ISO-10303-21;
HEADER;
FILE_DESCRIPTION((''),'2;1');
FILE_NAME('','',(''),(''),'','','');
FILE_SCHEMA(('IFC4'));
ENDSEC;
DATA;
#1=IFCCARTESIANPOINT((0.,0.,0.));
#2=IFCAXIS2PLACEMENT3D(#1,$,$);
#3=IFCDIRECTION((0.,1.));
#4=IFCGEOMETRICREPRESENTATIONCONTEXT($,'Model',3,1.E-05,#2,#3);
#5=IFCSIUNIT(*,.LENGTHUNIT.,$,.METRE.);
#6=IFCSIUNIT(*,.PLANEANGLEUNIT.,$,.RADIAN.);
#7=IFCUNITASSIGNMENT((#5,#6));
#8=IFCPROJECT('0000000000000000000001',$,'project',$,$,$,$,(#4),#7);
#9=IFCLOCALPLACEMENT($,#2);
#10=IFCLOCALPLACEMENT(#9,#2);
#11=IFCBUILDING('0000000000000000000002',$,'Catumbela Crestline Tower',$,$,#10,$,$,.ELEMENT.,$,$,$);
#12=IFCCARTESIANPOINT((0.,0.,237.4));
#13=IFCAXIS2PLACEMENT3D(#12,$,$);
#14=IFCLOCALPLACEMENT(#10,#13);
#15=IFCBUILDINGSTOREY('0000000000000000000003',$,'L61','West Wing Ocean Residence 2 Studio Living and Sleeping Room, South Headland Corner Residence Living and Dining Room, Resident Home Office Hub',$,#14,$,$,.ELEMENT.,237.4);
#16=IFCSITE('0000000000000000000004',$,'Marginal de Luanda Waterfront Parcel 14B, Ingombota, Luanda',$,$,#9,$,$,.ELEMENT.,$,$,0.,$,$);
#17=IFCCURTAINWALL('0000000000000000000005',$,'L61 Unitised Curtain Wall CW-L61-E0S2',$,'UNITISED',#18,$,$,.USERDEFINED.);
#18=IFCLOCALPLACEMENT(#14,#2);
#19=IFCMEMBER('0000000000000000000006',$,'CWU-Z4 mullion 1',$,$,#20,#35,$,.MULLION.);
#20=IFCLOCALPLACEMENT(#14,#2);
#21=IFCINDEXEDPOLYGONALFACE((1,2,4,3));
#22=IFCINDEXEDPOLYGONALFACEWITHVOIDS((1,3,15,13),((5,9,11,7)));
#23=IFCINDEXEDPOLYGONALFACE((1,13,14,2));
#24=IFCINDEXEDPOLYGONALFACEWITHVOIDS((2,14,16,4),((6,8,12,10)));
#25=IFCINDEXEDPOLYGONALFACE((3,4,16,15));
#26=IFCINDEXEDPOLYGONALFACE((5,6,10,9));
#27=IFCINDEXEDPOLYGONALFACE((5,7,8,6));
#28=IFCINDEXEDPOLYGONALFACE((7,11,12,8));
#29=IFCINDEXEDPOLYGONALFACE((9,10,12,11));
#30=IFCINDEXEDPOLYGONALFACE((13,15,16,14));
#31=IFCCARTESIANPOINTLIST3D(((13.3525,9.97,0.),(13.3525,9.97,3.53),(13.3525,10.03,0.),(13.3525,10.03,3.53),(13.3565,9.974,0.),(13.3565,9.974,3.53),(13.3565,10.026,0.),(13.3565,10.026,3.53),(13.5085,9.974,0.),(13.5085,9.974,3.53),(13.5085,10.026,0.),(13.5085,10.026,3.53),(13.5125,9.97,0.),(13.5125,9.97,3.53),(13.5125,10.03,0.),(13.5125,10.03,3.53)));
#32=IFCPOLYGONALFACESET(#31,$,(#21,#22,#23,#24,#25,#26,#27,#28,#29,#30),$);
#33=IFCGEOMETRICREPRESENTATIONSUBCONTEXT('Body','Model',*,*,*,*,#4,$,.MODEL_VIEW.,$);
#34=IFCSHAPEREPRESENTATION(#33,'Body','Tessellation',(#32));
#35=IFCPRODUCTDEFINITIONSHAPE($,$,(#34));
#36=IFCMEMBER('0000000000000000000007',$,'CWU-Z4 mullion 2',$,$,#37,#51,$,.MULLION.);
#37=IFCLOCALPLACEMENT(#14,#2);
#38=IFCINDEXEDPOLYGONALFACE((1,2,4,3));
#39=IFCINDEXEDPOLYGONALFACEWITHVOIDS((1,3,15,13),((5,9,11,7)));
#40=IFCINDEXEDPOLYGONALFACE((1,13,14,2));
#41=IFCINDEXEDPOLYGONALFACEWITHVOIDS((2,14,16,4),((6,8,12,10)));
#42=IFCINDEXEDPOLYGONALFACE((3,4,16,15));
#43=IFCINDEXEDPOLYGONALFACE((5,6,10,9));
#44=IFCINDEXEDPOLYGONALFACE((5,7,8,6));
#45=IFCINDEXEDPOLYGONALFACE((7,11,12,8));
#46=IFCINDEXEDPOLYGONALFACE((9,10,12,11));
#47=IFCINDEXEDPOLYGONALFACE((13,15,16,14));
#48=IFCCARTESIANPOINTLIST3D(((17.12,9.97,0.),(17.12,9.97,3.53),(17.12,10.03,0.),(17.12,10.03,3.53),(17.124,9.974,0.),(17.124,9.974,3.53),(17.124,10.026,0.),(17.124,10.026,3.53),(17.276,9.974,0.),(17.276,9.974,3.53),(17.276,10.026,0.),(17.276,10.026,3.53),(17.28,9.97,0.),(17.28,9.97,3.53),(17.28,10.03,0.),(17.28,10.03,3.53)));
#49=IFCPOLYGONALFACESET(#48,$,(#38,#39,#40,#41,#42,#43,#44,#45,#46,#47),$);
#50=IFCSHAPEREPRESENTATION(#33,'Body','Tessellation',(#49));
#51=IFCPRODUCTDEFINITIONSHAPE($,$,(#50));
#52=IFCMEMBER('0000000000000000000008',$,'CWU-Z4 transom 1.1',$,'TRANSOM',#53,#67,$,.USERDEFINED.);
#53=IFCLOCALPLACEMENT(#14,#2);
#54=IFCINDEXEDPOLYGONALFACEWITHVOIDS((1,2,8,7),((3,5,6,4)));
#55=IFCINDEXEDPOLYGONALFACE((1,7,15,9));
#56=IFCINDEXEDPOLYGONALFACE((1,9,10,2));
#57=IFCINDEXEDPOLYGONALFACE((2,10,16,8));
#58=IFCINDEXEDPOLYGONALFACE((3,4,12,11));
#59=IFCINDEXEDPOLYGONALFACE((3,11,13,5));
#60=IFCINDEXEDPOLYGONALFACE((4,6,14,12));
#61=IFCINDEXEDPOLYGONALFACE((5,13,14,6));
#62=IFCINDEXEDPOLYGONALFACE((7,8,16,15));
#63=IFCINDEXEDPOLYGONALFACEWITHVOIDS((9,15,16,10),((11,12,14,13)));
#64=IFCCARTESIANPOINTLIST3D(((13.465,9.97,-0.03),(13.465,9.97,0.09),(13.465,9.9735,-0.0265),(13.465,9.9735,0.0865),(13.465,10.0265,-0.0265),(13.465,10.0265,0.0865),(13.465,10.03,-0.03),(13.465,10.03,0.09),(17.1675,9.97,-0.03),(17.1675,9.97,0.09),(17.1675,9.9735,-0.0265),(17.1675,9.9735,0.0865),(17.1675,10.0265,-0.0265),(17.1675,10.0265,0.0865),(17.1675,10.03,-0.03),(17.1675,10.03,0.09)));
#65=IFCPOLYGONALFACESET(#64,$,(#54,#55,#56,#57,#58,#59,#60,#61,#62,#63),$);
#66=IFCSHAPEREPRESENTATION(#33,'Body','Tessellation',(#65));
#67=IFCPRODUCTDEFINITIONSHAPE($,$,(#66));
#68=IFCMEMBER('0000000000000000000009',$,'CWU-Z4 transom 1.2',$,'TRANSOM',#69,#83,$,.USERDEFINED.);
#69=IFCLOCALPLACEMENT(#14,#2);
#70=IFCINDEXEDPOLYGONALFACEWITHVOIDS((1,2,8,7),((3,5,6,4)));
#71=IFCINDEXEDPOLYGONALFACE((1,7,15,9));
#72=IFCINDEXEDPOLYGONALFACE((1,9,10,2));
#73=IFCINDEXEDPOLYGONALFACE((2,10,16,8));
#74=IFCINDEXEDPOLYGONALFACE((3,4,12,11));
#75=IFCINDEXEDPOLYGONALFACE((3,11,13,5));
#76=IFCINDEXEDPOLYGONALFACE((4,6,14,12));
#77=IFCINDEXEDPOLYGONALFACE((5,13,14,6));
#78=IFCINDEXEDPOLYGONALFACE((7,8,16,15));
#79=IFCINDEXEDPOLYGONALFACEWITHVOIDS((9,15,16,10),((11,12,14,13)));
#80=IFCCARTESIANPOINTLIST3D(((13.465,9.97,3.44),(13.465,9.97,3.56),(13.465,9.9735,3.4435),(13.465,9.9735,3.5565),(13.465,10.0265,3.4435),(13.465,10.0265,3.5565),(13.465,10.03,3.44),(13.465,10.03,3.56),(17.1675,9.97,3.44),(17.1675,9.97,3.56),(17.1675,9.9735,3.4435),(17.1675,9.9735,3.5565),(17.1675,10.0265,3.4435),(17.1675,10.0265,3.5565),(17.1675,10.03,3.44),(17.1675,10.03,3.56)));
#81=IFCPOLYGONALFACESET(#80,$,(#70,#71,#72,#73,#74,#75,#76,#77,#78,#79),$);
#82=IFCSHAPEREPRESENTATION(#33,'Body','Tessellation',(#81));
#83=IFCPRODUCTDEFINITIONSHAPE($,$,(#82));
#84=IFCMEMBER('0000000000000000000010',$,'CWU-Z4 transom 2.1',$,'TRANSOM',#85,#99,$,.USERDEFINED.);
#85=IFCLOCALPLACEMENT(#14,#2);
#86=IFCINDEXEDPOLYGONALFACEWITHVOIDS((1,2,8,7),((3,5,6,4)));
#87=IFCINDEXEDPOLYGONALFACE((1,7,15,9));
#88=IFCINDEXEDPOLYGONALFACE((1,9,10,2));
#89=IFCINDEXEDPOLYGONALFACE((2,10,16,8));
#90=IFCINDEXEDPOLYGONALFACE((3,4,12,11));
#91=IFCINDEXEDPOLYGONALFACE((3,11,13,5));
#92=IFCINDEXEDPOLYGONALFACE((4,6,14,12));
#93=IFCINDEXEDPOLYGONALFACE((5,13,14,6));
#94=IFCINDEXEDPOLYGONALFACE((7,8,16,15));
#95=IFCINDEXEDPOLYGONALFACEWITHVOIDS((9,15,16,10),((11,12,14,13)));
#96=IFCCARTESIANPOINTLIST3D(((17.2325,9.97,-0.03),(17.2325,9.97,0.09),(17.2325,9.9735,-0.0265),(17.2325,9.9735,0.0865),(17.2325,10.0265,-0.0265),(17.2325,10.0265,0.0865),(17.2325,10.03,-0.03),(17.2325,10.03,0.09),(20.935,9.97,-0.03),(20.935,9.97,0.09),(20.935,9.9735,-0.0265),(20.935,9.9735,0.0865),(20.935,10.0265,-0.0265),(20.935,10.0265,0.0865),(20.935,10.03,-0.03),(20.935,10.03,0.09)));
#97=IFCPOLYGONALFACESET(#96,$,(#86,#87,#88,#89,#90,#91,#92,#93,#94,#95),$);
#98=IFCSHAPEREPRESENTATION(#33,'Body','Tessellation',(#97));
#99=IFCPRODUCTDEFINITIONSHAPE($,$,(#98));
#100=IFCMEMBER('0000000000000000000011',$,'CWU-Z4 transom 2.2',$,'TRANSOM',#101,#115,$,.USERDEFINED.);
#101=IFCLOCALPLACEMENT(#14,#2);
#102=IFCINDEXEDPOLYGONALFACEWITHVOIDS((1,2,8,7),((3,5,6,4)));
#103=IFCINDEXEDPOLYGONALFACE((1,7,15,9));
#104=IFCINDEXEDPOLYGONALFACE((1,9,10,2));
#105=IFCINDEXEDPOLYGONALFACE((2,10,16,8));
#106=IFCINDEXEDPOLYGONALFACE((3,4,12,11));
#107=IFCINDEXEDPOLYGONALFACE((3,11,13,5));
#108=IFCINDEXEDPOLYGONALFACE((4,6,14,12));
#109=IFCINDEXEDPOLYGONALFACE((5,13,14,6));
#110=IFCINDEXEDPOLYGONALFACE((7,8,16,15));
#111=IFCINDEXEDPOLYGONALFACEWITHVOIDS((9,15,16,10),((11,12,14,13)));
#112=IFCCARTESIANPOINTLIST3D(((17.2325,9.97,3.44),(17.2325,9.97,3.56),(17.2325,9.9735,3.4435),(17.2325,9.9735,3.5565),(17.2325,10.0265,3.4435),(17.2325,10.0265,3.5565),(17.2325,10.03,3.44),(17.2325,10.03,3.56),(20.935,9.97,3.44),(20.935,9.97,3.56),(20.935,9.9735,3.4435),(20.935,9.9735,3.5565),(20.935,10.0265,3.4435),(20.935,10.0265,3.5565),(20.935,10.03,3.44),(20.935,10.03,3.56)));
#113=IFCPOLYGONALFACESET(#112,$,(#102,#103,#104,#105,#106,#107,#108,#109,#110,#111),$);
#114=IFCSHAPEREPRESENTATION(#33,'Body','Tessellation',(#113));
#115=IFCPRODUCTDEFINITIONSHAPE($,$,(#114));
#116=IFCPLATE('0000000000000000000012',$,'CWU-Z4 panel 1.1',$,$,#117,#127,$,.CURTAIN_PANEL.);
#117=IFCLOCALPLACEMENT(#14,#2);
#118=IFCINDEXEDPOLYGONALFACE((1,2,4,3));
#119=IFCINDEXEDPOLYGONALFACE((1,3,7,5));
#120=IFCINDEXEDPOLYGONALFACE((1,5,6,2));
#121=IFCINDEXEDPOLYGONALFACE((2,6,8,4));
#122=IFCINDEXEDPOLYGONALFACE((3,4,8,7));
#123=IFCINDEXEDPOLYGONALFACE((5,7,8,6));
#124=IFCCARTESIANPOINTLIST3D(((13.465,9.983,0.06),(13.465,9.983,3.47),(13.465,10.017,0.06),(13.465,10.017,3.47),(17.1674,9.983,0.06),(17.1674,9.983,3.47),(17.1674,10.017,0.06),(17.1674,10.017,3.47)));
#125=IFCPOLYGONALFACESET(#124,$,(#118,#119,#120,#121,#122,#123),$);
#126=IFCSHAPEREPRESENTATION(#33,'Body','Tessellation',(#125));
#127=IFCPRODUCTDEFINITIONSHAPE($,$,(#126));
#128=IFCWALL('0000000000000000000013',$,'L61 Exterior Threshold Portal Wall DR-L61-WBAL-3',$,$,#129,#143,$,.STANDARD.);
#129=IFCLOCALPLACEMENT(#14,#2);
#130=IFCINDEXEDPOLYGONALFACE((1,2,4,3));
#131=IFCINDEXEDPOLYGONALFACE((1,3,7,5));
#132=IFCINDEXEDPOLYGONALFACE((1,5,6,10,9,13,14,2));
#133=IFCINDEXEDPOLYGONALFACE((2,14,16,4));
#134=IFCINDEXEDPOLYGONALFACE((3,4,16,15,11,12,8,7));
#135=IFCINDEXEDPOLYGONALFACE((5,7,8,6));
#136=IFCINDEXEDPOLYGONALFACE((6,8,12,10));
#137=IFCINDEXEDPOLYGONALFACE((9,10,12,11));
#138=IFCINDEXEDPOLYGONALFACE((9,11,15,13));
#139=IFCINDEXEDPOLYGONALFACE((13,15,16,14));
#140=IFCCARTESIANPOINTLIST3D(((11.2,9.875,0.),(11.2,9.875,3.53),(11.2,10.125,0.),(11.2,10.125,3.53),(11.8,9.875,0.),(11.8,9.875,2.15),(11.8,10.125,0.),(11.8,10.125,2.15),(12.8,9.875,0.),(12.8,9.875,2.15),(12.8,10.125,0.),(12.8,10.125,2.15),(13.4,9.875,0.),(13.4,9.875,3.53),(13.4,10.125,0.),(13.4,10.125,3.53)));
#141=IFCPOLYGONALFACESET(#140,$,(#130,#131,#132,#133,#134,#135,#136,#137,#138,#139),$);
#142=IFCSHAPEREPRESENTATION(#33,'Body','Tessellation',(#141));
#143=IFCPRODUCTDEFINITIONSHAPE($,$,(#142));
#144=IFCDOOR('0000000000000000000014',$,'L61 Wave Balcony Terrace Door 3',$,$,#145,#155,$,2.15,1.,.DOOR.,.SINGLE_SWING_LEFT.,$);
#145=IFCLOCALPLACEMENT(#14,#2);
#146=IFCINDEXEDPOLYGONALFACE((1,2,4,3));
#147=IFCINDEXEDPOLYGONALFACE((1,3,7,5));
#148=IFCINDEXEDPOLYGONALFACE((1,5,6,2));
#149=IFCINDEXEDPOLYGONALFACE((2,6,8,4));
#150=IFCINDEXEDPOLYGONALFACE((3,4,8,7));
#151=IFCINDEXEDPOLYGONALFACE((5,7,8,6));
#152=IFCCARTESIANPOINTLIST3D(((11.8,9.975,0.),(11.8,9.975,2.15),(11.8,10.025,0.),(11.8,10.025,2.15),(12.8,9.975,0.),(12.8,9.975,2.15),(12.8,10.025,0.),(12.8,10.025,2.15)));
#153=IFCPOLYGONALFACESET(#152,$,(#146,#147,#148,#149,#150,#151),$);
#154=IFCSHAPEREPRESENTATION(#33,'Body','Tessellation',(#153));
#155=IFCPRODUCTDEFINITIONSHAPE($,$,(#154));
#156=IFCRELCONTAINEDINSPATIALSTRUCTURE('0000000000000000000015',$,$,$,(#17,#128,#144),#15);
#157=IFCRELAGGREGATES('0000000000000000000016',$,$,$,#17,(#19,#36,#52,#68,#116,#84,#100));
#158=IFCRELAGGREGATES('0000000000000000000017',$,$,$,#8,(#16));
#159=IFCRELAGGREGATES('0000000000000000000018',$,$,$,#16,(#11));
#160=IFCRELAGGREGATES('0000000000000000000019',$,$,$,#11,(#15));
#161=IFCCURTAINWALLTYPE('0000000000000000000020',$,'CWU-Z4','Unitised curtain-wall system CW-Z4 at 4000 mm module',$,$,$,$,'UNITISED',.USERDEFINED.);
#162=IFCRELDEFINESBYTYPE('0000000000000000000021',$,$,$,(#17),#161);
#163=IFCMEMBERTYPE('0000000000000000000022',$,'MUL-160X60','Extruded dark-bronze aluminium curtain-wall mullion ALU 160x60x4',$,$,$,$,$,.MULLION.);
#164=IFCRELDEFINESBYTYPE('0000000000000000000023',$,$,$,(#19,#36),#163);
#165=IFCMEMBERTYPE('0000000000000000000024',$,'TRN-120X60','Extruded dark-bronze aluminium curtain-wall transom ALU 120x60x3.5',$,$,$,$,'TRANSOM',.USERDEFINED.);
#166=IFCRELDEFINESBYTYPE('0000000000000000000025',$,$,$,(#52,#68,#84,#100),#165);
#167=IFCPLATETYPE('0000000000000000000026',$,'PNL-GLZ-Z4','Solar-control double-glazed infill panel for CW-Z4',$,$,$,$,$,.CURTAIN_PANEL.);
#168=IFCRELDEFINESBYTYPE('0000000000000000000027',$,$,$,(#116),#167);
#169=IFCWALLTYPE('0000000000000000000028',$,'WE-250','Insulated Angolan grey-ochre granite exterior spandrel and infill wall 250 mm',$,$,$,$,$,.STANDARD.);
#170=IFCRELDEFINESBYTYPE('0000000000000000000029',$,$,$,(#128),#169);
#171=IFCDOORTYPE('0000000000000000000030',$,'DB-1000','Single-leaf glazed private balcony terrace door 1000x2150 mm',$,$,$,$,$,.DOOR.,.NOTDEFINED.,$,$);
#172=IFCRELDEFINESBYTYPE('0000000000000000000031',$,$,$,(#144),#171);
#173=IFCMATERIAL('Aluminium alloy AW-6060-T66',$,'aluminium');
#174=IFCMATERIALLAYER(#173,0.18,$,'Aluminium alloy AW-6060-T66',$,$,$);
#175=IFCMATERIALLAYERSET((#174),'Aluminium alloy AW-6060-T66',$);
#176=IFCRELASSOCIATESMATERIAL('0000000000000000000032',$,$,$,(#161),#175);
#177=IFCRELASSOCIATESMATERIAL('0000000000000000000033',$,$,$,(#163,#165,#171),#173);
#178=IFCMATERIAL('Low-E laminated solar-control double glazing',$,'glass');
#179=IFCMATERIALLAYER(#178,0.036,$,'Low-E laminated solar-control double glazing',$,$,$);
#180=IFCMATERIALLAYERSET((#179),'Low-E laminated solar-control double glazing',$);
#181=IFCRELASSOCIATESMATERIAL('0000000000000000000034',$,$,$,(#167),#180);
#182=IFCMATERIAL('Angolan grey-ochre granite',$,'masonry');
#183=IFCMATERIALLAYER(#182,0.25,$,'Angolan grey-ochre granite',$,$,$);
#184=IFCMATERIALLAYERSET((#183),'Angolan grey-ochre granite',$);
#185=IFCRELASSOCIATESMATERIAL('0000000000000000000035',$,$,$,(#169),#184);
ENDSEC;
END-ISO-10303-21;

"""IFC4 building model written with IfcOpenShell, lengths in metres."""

from ifc_helpers import new_model, si_unit, direction, frame, frame_2d, origin, origin_2d, place, context, subcontext, project, spatial, rectangle, hollow_rectangle, extrude, material, layer, layer_set, material_profile, profile_set, type_object, element, fill, aggregate, save


model = new_model("IFC4")

# Units and contexts
model_context = context("Model", 3, precision=1e-05, world=origin(), true_north=direction((0.0, 1.0)))
body_context = subcontext(model_context, "Body", "Model", "MODEL_VIEW")
ifc_project = project(units=[si_unit("LENGTHUNIT", "METRE"), si_unit("PLANEANGLEUNIT", "RADIAN")], contexts=[model_context])

# Site, building, storey
site_placement = place(None, origin())
site = spatial("IfcSite", under=ifc_project, at=site_placement, Name="Marginal de Luanda Waterfront Parcel 14B, Ingombota, Luanda", CompositionType="ELEMENT", RefElevation=0.0)
building_placement = place(site_placement, origin())
building = spatial("IfcBuilding", under=site, at=building_placement, Name="Catumbela Crestline Tower", CompositionType="ELEMENT")
storey_placement = place(building_placement, frame((0.0, 0.0, 237.4)))
storey = spatial("IfcBuildingStorey", under=building, at=storey_placement, Name="L61", Description="West Wing Ocean Residence 2 Studio Living and Sleeping Room, South Headland Corner Residence Living and Dining Room, Resident Home Office Hub", CompositionType="ELEMENT", Elevation=237.4)

# Curtain wall, members, plate
ifc_material_1 = material(Name="Aluminium alloy AW-6060-T66", Category="aluminium")
ifc_layer_1 = layer(ifc_material_1, 0.18, Name="Aluminium alloy AW-6060-T66")
ifc_layer_set_1 = layer_set([ifc_layer_1], Name="Aluminium alloy AW-6060-T66")
curtain_wall_type = type_object("IfcCurtainWallType", Name="CWU-Z4", Description="Unitised curtain-wall system CW-Z4 at 4000 mm module", ElementType="UNITISED", PredefinedType="USERDEFINED", material=ifc_layer_set_1)
curtain_wall_placement = place(storey_placement, origin())
curtain_wall = element("IfcCurtainWall", 1, at=curtain_wall_placement, inside=storey, type_object=curtain_wall_type, Name="L61 Unitised Curtain Wall CW-L61-E0S2", ObjectType="UNITISED", PredefinedType="USERDEFINED")
ifc_material_profile_1 = material_profile(ifc_material_1, hollow_rectangle(XDim=0.06, YDim=0.16, WallThickness=0.004, at=origin_2d()), Name="ALU 160x60x4")
ifc_profile_set_1 = profile_set([ifc_material_profile_1], Name="Aluminium alloy AW-6060-T66")
member_type_1 = type_object("IfcMemberType", Name="MUL-160X60", Description="Extruded dark-bronze aluminium curtain-wall mullion ALU 160x60x4", PredefinedType="MULLION", material=ifc_profile_set_1)
member_1_placement = place(storey_placement, frame((13.4325, 10.0, 0.0), z_axis=(0.0, 0.0, 1.0), x_axis=(0.0, 1.0, 0.0)))
member_1 = element("IfcMember", 2, at=member_1_placement, type_object=member_type_1, Name="CWU-Z4 mullion 1", PredefinedType="MULLION", context=body_context, shape_type="SweptSolid", body=[
    extrude(hollow_rectangle(XDim=0.06, YDim=0.16, WallThickness=0.004, at=origin_2d()), origin(), (0.0, 0.0, 1.0), 3.53),
])
member_2_placement = place(storey_placement, frame((17.2, 10.0, 0.0), z_axis=(0.0, 0.0, 1.0), x_axis=(0.0, 1.0, 0.0)))
member_2 = element("IfcMember", 3, at=member_2_placement, type_object=member_type_1, Name="CWU-Z4 mullion 2", PredefinedType="MULLION", context=body_context, shape_type="SweptSolid", body=[
    extrude(hollow_rectangle(XDim=0.06, YDim=0.16, WallThickness=0.004, at=origin_2d()), origin(), (0.0, 0.0, 1.0), 3.53),
])
ifc_material_profile_2 = material_profile(ifc_material_1, hollow_rectangle(XDim=0.06, YDim=0.12, WallThickness=0.0035, at=origin_2d()), Name="ALU 120x60x3.5")
ifc_profile_set_2 = profile_set([ifc_material_profile_2], Name="Aluminium alloy AW-6060-T66")
member_type_2 = type_object("IfcMemberType", Name="TRN-120X60", Description="Extruded dark-bronze aluminium curtain-wall transom ALU 120x60x3.5", ElementType="TRANSOM", PredefinedType="USERDEFINED", material=ifc_profile_set_2)
member_3_placement = place(storey_placement, frame((13.465, 10.0, 0.03), z_axis=(1.0, 0.0, 0.0), x_axis=(0.0, 1.0, 0.0)))
member_3 = element("IfcMember", 4, at=member_3_placement, type_object=member_type_2, Name="CWU-Z4 transom 1.1", ObjectType="TRANSOM", PredefinedType="USERDEFINED", context=body_context, shape_type="SweptSolid", body=[
    extrude(hollow_rectangle(XDim=0.06, YDim=0.12, WallThickness=0.0035, at=origin_2d()), origin(), (0.0, 0.0, 1.0), 3.7025),
])
member_4_placement = place(storey_placement, frame((13.465, 10.0, 3.5), z_axis=(1.0, 0.0, 0.0), x_axis=(0.0, 1.0, 0.0)))
member_4 = element("IfcMember", 5, at=member_4_placement, type_object=member_type_2, Name="CWU-Z4 transom 1.2", ObjectType="TRANSOM", PredefinedType="USERDEFINED", context=body_context, shape_type="SweptSolid", body=[
    extrude(hollow_rectangle(XDim=0.06, YDim=0.12, WallThickness=0.0035, at=origin_2d()), origin(), (0.0, 0.0, 1.0), 3.7025),
])
member_5_placement = place(storey_placement, frame((17.2325, 10.0, 0.03), z_axis=(1.0, 0.0, 0.0), x_axis=(0.0, 1.0, 0.0)))
member_5 = element("IfcMember", 6, at=member_5_placement, type_object=member_type_2, Name="CWU-Z4 transom 2.1", ObjectType="TRANSOM", PredefinedType="USERDEFINED", context=body_context, shape_type="SweptSolid", body=[
    extrude(hollow_rectangle(XDim=0.06, YDim=0.12, WallThickness=0.0035, at=origin_2d()), origin(), (0.0, 0.0, 1.0), 3.7025),
])
member_6_placement = place(storey_placement, frame((17.2325, 10.0, 3.5), z_axis=(1.0, 0.0, 0.0), x_axis=(0.0, 1.0, 0.0)))
member_6 = element("IfcMember", 7, at=member_6_placement, type_object=member_type_2, Name="CWU-Z4 transom 2.2", ObjectType="TRANSOM", PredefinedType="USERDEFINED", context=body_context, shape_type="SweptSolid", body=[
    extrude(hollow_rectangle(XDim=0.06, YDim=0.12, WallThickness=0.0035, at=origin_2d()), origin(), (0.0, 0.0, 1.0), 3.7025),
])
ifc_material_2 = material(Name="Low-E laminated solar-control double glazing", Category="glass")
ifc_layer_2 = layer(ifc_material_2, 0.036, Name="Low-E laminated solar-control double glazing")
ifc_layer_set_2 = layer_set([ifc_layer_2], Name="Low-E laminated solar-control double glazing")
plate_type = type_object("IfcPlateType", Name="PNL-GLZ-Z4", Description="Solar-control double-glazed infill panel for CW-Z4", PredefinedType="CURTAIN_PANEL", material=ifc_layer_set_2)
plate_placement = place(storey_placement, frame((15.3162, 10.0, 0.06), z_axis=(0.0, 0.0, 1.0), x_axis=(1.0, 0.0, 0.0)))
plate = element("IfcPlate", 8, at=plate_placement, type_object=plate_type, Name="CWU-Z4 panel 1.1", PredefinedType="CURTAIN_PANEL", context=body_context, shape_type="SweptSolid", body=[
    extrude(rectangle(XDim=3.7025, YDim=0.034, at=origin_2d()), origin(), (0.0, 0.0, 1.0), 3.41),
])
aggregate(curtain_wall, [member_1, member_2, member_3, member_4, plate, member_5, member_6])

# Wall, opening, door
ifc_material_3 = material(Name="Angolan grey-ochre granite", Category="masonry")
ifc_layer_3 = layer(ifc_material_3, 0.25, Name="Angolan grey-ochre granite")
ifc_layer_set_3 = layer_set([ifc_layer_3], Name="Angolan grey-ochre granite")
wall_type = type_object("IfcWallType", Name="WE-250", Description="Insulated Angolan grey-ochre granite exterior spandrel and infill wall 250 mm", PredefinedType="STANDARD", material=ifc_layer_set_3)
wall_1_placement = place(storey_placement, frame((11.2, 10.0, 0.0), z_axis=(0.0, 0.0, 1.0), x_axis=(1.0, 0.0, 0.0)))
wall_1 = element("IfcWall", 9, at=wall_1_placement, inside=storey, type_object=wall_type, Name="L61 Exterior Threshold Portal Wall DR-L61-WBAL-3", PredefinedType="STANDARD", context=body_context, shape_type="SweptSolid", body=[
    extrude(rectangle(XDim=2.2, YDim=0.25, at=frame_2d((1.1, 0.0))), origin(), (0.0, 0.0, 1.0), 3.53),
])
opening_1_placement = place(wall_1_placement, frame((0.6, 0.0, 0.0)))
opening_1 = element("IfcOpeningElement", 10, at=opening_1_placement, cuts=wall_1, PredefinedType="OPENING", context=body_context, shape_type="SweptSolid", body=[
    extrude(rectangle(XDim=1.0, YDim=2.15, at=frame_2d((0.5, 1.075))), frame((0.0, 0.135, 0.0), z_axis=(0.0, -1.0, 0.0), x_axis=(1.0, 0.0, 0.0)), (0.0, 0.0, 1.0), 0.27),
])
door_type = type_object("IfcDoorType", Name="DB-1000", Description="Single-leaf glazed private balcony terrace door 1000x2150 mm", OperationType="NOTDEFINED", PredefinedType="DOOR", material=ifc_material_1)
door_placement = place(opening_1_placement, origin())
door = element("IfcDoor", 11, at=door_placement, inside=storey, type_object=door_type, Name="L61 Wave Balcony Terrace Door 3", OperationType="SINGLE_SWING_LEFT", OverallHeight=2.15, OverallWidth=1.0, PredefinedType="DOOR", context=body_context, shape_type="SweptSolid", body=[
    extrude(rectangle(XDim=1.0, YDim=2.15, at=frame_2d((0.5, 1.075))), frame((0.0, 0.025, 0.0), z_axis=(0.0, -1.0, 0.0), x_axis=(1.0, 0.0, 0.0)), (0.0, 0.0, 1.0), 0.05),
])
fill(opening_1, door)

save(model, "model.ifc")
